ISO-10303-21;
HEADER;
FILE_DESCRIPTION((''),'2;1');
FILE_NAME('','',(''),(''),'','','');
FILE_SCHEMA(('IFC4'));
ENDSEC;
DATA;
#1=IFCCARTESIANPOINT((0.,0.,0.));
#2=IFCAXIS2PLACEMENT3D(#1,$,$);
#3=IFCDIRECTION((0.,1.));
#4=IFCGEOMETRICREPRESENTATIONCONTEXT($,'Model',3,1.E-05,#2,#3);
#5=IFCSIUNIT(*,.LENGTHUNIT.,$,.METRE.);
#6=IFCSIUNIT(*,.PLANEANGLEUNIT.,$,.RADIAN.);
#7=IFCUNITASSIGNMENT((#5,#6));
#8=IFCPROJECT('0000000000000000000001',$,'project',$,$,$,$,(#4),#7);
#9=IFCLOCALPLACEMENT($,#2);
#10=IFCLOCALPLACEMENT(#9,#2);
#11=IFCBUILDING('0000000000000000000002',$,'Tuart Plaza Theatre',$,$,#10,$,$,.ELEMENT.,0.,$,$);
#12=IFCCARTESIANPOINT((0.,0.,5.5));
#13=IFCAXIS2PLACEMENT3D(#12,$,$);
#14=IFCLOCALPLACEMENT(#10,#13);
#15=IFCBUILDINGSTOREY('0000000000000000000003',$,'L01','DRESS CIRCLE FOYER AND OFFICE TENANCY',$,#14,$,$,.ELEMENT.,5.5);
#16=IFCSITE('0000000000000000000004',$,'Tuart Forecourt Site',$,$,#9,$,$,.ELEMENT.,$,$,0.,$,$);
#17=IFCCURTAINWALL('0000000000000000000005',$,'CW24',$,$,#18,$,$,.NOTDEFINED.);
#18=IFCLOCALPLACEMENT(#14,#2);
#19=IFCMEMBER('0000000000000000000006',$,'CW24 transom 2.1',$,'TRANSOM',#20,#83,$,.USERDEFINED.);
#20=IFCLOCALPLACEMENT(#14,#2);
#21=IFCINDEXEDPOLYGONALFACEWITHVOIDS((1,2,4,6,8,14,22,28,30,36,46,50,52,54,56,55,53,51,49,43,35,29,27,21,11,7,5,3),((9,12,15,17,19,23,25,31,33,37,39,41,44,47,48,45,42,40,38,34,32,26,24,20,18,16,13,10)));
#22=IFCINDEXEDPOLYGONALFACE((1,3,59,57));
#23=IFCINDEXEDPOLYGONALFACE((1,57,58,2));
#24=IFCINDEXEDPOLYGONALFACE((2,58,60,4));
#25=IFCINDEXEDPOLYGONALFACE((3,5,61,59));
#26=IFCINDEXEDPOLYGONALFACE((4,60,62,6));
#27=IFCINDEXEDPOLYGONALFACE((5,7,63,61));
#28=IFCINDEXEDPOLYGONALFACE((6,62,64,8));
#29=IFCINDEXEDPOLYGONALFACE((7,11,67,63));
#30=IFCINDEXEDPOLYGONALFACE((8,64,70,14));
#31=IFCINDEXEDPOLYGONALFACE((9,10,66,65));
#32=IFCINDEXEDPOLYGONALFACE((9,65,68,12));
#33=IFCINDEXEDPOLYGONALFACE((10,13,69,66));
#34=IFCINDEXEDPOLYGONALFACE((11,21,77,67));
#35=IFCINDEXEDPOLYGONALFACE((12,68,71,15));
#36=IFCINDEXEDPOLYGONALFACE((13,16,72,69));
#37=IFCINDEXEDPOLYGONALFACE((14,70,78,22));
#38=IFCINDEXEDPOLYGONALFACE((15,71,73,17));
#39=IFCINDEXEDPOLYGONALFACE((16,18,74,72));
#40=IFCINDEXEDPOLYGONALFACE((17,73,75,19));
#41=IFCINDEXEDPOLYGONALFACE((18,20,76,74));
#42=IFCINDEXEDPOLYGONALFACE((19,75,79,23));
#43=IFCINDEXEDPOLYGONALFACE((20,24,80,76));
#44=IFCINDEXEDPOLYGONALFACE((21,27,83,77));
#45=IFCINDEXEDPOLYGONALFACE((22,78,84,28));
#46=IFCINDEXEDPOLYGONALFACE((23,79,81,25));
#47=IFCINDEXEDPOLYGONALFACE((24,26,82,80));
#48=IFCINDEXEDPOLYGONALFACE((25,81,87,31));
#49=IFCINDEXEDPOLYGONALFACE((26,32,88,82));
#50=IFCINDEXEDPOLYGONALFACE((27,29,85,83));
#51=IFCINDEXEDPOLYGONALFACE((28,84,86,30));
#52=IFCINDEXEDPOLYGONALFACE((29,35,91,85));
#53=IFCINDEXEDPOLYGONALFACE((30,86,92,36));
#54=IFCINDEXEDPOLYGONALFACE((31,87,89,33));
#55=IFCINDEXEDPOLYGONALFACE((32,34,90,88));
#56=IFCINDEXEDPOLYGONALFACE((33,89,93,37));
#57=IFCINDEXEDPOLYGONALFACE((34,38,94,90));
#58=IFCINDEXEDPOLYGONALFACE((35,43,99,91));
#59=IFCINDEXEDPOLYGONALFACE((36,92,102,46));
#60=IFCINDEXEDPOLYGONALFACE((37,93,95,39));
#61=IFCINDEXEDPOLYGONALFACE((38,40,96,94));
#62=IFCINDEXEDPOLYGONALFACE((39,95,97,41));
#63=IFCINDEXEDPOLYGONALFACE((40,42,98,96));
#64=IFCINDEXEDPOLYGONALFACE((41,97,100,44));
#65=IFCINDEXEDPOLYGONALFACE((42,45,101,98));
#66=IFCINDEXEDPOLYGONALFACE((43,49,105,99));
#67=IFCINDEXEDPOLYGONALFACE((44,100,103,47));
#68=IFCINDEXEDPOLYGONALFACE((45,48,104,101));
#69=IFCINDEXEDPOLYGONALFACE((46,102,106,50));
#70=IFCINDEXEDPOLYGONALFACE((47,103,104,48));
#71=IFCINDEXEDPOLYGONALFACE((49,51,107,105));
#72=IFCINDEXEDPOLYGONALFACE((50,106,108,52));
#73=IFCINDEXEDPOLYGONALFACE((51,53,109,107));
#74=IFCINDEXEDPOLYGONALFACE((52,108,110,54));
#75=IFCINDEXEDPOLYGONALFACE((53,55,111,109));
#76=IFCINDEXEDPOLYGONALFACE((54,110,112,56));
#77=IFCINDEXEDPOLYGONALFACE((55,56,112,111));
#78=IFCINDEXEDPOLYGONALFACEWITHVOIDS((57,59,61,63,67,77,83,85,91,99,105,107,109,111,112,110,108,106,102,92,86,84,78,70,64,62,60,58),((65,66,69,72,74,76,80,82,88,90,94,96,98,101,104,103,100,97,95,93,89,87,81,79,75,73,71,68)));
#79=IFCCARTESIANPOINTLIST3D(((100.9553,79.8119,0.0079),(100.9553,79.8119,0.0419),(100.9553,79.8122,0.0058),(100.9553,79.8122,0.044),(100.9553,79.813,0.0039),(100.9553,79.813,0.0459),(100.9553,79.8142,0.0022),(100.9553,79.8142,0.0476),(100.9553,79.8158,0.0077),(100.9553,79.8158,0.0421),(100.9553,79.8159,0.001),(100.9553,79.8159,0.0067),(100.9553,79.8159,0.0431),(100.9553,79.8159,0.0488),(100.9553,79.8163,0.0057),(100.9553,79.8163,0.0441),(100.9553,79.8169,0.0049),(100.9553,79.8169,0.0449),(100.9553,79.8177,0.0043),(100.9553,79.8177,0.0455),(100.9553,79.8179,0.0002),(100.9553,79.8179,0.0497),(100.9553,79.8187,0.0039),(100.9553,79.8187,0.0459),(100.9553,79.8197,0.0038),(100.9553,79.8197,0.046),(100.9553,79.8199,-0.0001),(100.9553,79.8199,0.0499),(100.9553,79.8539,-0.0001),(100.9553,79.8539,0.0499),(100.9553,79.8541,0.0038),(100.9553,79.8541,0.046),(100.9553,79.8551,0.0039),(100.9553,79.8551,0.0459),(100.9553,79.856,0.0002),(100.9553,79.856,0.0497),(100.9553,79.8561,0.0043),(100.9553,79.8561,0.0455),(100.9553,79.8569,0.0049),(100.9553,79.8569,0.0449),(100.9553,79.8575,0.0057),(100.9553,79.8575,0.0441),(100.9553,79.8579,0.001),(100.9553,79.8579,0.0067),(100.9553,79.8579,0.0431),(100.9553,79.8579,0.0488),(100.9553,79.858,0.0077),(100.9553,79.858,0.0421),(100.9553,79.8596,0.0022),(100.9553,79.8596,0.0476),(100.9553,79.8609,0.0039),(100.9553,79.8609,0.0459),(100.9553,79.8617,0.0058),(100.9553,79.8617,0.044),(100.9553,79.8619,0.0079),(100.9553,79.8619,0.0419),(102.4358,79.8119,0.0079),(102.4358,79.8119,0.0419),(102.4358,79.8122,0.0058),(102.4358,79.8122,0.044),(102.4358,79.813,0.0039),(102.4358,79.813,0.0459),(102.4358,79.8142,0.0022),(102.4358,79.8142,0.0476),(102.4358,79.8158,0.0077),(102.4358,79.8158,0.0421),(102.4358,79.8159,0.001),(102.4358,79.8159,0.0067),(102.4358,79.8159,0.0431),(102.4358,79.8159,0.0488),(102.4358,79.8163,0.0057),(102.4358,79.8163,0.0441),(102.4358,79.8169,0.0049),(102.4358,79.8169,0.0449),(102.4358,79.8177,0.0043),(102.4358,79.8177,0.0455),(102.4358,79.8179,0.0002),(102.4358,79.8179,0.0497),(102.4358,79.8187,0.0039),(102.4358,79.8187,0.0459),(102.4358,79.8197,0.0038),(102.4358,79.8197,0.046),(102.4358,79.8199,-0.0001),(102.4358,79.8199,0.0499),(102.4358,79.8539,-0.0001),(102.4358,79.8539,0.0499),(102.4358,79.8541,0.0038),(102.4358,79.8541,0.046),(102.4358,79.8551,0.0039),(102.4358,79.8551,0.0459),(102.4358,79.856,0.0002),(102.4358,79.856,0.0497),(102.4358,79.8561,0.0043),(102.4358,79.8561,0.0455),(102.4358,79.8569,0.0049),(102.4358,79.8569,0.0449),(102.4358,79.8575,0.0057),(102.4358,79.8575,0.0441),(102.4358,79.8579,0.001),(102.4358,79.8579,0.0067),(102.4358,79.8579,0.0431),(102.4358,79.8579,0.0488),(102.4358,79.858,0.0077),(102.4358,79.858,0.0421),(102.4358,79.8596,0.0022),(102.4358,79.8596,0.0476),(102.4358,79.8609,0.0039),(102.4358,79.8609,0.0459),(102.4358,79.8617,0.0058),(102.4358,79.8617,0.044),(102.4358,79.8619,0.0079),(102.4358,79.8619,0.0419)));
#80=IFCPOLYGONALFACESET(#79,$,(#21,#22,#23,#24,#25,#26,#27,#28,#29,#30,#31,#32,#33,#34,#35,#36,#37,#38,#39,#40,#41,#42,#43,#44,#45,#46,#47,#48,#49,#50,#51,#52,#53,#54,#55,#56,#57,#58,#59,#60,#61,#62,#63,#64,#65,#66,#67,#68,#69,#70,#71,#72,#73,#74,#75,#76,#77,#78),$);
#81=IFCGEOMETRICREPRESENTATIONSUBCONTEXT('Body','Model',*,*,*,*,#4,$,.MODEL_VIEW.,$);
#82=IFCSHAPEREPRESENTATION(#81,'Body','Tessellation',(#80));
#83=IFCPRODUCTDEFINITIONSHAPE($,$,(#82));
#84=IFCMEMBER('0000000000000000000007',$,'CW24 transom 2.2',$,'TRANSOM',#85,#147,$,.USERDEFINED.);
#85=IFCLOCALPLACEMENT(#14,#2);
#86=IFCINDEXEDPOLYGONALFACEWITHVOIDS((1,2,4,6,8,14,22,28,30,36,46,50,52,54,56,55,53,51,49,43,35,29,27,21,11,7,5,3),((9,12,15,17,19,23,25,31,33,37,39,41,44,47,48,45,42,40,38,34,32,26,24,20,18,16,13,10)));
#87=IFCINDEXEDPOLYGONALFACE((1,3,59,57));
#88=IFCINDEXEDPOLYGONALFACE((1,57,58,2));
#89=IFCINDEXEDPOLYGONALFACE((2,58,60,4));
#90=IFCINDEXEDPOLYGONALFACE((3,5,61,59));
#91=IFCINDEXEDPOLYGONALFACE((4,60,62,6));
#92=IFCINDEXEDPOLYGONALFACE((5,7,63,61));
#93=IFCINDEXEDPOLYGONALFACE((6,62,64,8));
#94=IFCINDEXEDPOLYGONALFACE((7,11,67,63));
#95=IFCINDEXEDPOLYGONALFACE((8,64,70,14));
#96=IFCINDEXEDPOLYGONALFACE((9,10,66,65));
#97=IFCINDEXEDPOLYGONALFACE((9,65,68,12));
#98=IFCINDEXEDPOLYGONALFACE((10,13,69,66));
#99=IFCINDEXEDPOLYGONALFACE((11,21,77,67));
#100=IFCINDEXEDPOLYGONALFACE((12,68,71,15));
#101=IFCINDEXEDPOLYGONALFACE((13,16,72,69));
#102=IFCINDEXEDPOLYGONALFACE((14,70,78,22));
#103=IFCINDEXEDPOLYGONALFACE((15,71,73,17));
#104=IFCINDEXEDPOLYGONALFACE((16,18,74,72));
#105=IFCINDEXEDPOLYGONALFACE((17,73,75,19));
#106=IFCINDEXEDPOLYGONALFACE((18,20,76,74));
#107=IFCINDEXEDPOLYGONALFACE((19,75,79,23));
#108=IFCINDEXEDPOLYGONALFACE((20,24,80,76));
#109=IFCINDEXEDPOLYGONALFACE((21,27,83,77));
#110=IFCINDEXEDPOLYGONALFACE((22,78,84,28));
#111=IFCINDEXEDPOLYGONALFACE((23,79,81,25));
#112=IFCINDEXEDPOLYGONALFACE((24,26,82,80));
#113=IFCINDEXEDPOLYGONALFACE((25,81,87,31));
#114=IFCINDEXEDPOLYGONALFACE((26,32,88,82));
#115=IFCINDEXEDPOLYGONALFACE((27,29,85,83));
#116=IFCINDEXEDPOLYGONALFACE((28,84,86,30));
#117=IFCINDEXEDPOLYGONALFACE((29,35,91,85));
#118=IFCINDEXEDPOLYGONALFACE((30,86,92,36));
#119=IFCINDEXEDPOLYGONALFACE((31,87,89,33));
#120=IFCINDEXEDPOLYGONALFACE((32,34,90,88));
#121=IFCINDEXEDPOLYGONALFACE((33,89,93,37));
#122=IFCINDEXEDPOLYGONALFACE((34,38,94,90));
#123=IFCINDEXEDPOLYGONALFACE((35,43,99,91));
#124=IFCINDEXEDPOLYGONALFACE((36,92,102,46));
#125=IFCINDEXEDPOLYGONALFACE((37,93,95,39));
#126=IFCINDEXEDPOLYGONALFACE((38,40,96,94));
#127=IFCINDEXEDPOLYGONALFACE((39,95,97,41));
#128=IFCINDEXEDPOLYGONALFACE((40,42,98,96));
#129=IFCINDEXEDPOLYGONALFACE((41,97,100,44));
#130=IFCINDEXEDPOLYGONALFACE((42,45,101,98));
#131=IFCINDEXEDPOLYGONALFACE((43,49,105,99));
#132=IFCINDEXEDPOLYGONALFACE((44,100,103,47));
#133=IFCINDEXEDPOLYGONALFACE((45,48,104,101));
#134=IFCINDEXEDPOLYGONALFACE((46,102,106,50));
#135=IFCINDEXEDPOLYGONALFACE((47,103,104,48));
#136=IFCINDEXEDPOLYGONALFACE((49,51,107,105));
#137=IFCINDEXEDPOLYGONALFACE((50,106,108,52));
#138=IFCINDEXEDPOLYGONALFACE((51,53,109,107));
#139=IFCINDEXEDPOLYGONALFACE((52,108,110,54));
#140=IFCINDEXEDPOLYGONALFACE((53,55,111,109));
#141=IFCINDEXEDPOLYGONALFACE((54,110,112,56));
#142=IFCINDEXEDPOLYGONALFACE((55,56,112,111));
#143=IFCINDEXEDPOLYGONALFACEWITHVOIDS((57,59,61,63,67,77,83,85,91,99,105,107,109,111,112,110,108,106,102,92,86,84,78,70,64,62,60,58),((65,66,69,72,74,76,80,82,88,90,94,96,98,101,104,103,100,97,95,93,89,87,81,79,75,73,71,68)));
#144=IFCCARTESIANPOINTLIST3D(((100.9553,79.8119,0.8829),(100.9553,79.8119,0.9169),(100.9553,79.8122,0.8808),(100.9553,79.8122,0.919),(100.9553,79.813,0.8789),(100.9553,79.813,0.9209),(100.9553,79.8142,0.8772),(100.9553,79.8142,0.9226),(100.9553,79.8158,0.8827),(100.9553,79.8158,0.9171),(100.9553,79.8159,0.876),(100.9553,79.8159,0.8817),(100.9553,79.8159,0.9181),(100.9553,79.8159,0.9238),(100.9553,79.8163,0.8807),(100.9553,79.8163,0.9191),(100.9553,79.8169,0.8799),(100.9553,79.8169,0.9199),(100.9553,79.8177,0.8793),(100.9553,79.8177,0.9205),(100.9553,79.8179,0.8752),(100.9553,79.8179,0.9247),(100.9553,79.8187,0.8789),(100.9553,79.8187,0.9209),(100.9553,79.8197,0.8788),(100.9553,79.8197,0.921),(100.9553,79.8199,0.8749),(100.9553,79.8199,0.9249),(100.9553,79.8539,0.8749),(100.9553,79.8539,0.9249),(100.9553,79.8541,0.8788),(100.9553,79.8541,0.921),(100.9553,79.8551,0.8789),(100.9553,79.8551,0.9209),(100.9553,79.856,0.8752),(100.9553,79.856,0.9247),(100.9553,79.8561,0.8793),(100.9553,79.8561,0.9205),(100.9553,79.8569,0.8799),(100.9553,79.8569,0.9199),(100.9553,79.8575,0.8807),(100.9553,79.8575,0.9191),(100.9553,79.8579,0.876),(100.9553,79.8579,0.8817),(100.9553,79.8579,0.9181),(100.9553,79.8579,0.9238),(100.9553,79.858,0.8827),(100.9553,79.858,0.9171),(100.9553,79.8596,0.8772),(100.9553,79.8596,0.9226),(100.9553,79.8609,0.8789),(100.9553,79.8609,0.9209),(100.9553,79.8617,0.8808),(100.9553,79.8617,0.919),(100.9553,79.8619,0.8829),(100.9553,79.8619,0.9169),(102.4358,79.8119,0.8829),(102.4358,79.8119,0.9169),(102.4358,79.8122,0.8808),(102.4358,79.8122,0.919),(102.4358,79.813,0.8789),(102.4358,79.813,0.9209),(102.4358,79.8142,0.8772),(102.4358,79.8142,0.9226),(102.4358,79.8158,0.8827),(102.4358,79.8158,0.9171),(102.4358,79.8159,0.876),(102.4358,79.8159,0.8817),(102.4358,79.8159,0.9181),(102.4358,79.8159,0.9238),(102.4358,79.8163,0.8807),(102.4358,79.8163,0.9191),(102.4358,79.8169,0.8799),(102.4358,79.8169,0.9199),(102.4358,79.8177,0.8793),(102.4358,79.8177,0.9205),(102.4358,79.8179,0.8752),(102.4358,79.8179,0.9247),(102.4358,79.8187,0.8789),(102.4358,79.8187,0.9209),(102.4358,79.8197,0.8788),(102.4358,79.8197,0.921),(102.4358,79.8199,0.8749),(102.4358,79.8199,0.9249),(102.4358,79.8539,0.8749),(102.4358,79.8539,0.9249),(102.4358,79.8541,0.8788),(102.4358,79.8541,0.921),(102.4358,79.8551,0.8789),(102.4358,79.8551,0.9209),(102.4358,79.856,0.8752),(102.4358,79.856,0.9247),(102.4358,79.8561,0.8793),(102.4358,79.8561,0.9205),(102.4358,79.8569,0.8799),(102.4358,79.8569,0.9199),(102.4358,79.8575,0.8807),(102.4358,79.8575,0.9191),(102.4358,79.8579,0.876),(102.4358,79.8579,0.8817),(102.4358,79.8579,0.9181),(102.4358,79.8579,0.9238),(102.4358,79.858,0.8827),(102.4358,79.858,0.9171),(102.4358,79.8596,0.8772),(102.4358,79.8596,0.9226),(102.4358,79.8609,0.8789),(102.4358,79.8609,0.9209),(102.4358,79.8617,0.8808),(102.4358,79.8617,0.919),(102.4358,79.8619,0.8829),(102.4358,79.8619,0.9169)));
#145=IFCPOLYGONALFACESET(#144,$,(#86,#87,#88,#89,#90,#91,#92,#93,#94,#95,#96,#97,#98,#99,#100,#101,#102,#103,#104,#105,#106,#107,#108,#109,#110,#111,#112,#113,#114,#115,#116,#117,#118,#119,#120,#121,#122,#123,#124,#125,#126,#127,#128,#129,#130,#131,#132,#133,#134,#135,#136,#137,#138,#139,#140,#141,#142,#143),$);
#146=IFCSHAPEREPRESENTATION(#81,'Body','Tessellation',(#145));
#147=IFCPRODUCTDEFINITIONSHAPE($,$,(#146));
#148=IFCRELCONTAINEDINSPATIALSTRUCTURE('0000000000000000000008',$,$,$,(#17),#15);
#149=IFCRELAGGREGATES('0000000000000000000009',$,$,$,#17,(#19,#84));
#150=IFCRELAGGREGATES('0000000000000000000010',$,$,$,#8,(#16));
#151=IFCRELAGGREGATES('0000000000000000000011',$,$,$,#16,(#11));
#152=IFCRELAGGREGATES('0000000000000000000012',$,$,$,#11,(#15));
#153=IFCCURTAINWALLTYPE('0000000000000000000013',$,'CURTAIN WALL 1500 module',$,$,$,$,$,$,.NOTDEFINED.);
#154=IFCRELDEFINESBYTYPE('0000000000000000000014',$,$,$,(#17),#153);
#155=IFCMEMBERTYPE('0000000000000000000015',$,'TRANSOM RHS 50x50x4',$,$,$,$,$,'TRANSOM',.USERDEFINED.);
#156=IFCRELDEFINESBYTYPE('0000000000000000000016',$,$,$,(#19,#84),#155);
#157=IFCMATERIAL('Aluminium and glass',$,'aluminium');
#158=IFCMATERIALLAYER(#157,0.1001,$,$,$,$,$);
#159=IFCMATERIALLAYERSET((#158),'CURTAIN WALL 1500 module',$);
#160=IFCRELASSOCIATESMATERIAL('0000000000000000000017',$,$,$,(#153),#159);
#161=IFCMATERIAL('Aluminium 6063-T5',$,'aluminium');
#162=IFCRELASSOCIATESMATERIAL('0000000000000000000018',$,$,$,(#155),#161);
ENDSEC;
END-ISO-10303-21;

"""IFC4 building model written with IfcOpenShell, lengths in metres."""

from ifc_helpers import new_model, si_unit, direction, frame, origin, origin_2d, place, context, subcontext, project, spatial, hollow_rectangle, extrude, material, layer, layer_set, material_profile, profile_set, type_object, element, aggregate, save


model = new_model("IFC4")

# Units and contexts
model_context = context("Model", 3, precision=1e-05, world=origin(), true_north=direction((0.0, 1.0)))
body_context = subcontext(model_context, "Body", "Model", "MODEL_VIEW")
ifc_project = project(units=[si_unit("LENGTHUNIT", "METRE"), si_unit("PLANEANGLEUNIT", "RADIAN")], contexts=[model_context])

# Site, building, storey
site_placement = place(None, origin())
site = spatial("IfcSite", under=ifc_project, at=site_placement, Name="Tuart Forecourt Site", CompositionType="ELEMENT", RefElevation=0.0)
building_placement = place(site_placement, origin())
building = spatial("IfcBuilding", under=site, at=building_placement, Name="Tuart Plaza Theatre", CompositionType="ELEMENT", ElevationOfRefHeight=0.0)
storey_placement = place(building_placement, frame((0.0, 0.0, 5.5)))
storey = spatial("IfcBuildingStorey", under=building, at=storey_placement, Name="L01", Description="DRESS CIRCLE FOYER AND OFFICE TENANCY", CompositionType="ELEMENT", Elevation=5.5)

# Curtain wall
ifc_material_1 = material(Name="Aluminium and glass", Category="aluminium")
ifc_layer_1 = layer(ifc_material_1, 0.1001)
ifc_layer_set_1 = layer_set([ifc_layer_1], Name="CURTAIN WALL 1500 module")
curtain_wall_type = type_object("IfcCurtainWallType", Name="CURTAIN WALL 1500 module", PredefinedType="NOTDEFINED", material=ifc_layer_set_1)
curtain_wall_1_placement = place(storey_placement, origin())
curtain_wall_1 = element("IfcCurtainWall", 1, at=curtain_wall_1_placement, inside=storey, type_object=curtain_wall_type, Name="CW24", PredefinedType="NOTDEFINED")

# Shared definitions
ifc_material_2 = material(Name="Aluminium 6063-T5", Category="aluminium")
ifc_material_profile_1 = material_profile(ifc_material_2, hollow_rectangle(XDim=0.05, YDim=0.05, WallThickness=0.0039, InnerFilletRadius=0.0039, OuterFilletRadius=0.0081, at=origin_2d()), Name="RHS 50x50x4")
ifc_profile_set_1 = profile_set([ifc_material_profile_1], Name="Aluminium 6063-T5")
member_type_1 = type_object("IfcMemberType", Name="TRANSOM RHS 50x50x4", ElementType="TRANSOM", PredefinedType="USERDEFINED", material=ifc_profile_set_1)

# Members
member_1_placement = place(storey_placement, frame((100.9553, 79.8369, 0.0249), z_axis=(1.0, 0.0, 0.0), x_axis=(0.0, 1.0, 0.0)))
member_1 = element("IfcMember", 2, at=member_1_placement, type_object=member_type_1, Name="CW24 transom 2.1", ObjectType="TRANSOM", PredefinedType="USERDEFINED", context=body_context, shape_type="SweptSolid", body=[
    extrude(hollow_rectangle(XDim=0.05, YDim=0.05, WallThickness=0.0039, InnerFilletRadius=0.0039, OuterFilletRadius=0.0081, at=origin_2d()), origin(), (0.0, 0.0, 1.0), 1.4805),
])
member_2_placement = place(storey_placement, frame((100.9553, 79.8369, 0.8999), z_axis=(1.0, 0.0, 0.0), x_axis=(0.0, 1.0, 0.0)))
member_2 = element("IfcMember", 3, at=member_2_placement, type_object=member_type_1, Name="CW24 transom 2.2", ObjectType="TRANSOM", PredefinedType="USERDEFINED", context=body_context, shape_type="SweptSolid", body=[
    extrude(hollow_rectangle(XDim=0.05, YDim=0.05, WallThickness=0.0039, InnerFilletRadius=0.0039, OuterFilletRadius=0.0081, at=origin_2d()), origin(), (0.0, 0.0, 1.0), 1.4805),
])

aggregate(curtain_wall_1, [member_1, member_2])

save(model, "model.ifc")
